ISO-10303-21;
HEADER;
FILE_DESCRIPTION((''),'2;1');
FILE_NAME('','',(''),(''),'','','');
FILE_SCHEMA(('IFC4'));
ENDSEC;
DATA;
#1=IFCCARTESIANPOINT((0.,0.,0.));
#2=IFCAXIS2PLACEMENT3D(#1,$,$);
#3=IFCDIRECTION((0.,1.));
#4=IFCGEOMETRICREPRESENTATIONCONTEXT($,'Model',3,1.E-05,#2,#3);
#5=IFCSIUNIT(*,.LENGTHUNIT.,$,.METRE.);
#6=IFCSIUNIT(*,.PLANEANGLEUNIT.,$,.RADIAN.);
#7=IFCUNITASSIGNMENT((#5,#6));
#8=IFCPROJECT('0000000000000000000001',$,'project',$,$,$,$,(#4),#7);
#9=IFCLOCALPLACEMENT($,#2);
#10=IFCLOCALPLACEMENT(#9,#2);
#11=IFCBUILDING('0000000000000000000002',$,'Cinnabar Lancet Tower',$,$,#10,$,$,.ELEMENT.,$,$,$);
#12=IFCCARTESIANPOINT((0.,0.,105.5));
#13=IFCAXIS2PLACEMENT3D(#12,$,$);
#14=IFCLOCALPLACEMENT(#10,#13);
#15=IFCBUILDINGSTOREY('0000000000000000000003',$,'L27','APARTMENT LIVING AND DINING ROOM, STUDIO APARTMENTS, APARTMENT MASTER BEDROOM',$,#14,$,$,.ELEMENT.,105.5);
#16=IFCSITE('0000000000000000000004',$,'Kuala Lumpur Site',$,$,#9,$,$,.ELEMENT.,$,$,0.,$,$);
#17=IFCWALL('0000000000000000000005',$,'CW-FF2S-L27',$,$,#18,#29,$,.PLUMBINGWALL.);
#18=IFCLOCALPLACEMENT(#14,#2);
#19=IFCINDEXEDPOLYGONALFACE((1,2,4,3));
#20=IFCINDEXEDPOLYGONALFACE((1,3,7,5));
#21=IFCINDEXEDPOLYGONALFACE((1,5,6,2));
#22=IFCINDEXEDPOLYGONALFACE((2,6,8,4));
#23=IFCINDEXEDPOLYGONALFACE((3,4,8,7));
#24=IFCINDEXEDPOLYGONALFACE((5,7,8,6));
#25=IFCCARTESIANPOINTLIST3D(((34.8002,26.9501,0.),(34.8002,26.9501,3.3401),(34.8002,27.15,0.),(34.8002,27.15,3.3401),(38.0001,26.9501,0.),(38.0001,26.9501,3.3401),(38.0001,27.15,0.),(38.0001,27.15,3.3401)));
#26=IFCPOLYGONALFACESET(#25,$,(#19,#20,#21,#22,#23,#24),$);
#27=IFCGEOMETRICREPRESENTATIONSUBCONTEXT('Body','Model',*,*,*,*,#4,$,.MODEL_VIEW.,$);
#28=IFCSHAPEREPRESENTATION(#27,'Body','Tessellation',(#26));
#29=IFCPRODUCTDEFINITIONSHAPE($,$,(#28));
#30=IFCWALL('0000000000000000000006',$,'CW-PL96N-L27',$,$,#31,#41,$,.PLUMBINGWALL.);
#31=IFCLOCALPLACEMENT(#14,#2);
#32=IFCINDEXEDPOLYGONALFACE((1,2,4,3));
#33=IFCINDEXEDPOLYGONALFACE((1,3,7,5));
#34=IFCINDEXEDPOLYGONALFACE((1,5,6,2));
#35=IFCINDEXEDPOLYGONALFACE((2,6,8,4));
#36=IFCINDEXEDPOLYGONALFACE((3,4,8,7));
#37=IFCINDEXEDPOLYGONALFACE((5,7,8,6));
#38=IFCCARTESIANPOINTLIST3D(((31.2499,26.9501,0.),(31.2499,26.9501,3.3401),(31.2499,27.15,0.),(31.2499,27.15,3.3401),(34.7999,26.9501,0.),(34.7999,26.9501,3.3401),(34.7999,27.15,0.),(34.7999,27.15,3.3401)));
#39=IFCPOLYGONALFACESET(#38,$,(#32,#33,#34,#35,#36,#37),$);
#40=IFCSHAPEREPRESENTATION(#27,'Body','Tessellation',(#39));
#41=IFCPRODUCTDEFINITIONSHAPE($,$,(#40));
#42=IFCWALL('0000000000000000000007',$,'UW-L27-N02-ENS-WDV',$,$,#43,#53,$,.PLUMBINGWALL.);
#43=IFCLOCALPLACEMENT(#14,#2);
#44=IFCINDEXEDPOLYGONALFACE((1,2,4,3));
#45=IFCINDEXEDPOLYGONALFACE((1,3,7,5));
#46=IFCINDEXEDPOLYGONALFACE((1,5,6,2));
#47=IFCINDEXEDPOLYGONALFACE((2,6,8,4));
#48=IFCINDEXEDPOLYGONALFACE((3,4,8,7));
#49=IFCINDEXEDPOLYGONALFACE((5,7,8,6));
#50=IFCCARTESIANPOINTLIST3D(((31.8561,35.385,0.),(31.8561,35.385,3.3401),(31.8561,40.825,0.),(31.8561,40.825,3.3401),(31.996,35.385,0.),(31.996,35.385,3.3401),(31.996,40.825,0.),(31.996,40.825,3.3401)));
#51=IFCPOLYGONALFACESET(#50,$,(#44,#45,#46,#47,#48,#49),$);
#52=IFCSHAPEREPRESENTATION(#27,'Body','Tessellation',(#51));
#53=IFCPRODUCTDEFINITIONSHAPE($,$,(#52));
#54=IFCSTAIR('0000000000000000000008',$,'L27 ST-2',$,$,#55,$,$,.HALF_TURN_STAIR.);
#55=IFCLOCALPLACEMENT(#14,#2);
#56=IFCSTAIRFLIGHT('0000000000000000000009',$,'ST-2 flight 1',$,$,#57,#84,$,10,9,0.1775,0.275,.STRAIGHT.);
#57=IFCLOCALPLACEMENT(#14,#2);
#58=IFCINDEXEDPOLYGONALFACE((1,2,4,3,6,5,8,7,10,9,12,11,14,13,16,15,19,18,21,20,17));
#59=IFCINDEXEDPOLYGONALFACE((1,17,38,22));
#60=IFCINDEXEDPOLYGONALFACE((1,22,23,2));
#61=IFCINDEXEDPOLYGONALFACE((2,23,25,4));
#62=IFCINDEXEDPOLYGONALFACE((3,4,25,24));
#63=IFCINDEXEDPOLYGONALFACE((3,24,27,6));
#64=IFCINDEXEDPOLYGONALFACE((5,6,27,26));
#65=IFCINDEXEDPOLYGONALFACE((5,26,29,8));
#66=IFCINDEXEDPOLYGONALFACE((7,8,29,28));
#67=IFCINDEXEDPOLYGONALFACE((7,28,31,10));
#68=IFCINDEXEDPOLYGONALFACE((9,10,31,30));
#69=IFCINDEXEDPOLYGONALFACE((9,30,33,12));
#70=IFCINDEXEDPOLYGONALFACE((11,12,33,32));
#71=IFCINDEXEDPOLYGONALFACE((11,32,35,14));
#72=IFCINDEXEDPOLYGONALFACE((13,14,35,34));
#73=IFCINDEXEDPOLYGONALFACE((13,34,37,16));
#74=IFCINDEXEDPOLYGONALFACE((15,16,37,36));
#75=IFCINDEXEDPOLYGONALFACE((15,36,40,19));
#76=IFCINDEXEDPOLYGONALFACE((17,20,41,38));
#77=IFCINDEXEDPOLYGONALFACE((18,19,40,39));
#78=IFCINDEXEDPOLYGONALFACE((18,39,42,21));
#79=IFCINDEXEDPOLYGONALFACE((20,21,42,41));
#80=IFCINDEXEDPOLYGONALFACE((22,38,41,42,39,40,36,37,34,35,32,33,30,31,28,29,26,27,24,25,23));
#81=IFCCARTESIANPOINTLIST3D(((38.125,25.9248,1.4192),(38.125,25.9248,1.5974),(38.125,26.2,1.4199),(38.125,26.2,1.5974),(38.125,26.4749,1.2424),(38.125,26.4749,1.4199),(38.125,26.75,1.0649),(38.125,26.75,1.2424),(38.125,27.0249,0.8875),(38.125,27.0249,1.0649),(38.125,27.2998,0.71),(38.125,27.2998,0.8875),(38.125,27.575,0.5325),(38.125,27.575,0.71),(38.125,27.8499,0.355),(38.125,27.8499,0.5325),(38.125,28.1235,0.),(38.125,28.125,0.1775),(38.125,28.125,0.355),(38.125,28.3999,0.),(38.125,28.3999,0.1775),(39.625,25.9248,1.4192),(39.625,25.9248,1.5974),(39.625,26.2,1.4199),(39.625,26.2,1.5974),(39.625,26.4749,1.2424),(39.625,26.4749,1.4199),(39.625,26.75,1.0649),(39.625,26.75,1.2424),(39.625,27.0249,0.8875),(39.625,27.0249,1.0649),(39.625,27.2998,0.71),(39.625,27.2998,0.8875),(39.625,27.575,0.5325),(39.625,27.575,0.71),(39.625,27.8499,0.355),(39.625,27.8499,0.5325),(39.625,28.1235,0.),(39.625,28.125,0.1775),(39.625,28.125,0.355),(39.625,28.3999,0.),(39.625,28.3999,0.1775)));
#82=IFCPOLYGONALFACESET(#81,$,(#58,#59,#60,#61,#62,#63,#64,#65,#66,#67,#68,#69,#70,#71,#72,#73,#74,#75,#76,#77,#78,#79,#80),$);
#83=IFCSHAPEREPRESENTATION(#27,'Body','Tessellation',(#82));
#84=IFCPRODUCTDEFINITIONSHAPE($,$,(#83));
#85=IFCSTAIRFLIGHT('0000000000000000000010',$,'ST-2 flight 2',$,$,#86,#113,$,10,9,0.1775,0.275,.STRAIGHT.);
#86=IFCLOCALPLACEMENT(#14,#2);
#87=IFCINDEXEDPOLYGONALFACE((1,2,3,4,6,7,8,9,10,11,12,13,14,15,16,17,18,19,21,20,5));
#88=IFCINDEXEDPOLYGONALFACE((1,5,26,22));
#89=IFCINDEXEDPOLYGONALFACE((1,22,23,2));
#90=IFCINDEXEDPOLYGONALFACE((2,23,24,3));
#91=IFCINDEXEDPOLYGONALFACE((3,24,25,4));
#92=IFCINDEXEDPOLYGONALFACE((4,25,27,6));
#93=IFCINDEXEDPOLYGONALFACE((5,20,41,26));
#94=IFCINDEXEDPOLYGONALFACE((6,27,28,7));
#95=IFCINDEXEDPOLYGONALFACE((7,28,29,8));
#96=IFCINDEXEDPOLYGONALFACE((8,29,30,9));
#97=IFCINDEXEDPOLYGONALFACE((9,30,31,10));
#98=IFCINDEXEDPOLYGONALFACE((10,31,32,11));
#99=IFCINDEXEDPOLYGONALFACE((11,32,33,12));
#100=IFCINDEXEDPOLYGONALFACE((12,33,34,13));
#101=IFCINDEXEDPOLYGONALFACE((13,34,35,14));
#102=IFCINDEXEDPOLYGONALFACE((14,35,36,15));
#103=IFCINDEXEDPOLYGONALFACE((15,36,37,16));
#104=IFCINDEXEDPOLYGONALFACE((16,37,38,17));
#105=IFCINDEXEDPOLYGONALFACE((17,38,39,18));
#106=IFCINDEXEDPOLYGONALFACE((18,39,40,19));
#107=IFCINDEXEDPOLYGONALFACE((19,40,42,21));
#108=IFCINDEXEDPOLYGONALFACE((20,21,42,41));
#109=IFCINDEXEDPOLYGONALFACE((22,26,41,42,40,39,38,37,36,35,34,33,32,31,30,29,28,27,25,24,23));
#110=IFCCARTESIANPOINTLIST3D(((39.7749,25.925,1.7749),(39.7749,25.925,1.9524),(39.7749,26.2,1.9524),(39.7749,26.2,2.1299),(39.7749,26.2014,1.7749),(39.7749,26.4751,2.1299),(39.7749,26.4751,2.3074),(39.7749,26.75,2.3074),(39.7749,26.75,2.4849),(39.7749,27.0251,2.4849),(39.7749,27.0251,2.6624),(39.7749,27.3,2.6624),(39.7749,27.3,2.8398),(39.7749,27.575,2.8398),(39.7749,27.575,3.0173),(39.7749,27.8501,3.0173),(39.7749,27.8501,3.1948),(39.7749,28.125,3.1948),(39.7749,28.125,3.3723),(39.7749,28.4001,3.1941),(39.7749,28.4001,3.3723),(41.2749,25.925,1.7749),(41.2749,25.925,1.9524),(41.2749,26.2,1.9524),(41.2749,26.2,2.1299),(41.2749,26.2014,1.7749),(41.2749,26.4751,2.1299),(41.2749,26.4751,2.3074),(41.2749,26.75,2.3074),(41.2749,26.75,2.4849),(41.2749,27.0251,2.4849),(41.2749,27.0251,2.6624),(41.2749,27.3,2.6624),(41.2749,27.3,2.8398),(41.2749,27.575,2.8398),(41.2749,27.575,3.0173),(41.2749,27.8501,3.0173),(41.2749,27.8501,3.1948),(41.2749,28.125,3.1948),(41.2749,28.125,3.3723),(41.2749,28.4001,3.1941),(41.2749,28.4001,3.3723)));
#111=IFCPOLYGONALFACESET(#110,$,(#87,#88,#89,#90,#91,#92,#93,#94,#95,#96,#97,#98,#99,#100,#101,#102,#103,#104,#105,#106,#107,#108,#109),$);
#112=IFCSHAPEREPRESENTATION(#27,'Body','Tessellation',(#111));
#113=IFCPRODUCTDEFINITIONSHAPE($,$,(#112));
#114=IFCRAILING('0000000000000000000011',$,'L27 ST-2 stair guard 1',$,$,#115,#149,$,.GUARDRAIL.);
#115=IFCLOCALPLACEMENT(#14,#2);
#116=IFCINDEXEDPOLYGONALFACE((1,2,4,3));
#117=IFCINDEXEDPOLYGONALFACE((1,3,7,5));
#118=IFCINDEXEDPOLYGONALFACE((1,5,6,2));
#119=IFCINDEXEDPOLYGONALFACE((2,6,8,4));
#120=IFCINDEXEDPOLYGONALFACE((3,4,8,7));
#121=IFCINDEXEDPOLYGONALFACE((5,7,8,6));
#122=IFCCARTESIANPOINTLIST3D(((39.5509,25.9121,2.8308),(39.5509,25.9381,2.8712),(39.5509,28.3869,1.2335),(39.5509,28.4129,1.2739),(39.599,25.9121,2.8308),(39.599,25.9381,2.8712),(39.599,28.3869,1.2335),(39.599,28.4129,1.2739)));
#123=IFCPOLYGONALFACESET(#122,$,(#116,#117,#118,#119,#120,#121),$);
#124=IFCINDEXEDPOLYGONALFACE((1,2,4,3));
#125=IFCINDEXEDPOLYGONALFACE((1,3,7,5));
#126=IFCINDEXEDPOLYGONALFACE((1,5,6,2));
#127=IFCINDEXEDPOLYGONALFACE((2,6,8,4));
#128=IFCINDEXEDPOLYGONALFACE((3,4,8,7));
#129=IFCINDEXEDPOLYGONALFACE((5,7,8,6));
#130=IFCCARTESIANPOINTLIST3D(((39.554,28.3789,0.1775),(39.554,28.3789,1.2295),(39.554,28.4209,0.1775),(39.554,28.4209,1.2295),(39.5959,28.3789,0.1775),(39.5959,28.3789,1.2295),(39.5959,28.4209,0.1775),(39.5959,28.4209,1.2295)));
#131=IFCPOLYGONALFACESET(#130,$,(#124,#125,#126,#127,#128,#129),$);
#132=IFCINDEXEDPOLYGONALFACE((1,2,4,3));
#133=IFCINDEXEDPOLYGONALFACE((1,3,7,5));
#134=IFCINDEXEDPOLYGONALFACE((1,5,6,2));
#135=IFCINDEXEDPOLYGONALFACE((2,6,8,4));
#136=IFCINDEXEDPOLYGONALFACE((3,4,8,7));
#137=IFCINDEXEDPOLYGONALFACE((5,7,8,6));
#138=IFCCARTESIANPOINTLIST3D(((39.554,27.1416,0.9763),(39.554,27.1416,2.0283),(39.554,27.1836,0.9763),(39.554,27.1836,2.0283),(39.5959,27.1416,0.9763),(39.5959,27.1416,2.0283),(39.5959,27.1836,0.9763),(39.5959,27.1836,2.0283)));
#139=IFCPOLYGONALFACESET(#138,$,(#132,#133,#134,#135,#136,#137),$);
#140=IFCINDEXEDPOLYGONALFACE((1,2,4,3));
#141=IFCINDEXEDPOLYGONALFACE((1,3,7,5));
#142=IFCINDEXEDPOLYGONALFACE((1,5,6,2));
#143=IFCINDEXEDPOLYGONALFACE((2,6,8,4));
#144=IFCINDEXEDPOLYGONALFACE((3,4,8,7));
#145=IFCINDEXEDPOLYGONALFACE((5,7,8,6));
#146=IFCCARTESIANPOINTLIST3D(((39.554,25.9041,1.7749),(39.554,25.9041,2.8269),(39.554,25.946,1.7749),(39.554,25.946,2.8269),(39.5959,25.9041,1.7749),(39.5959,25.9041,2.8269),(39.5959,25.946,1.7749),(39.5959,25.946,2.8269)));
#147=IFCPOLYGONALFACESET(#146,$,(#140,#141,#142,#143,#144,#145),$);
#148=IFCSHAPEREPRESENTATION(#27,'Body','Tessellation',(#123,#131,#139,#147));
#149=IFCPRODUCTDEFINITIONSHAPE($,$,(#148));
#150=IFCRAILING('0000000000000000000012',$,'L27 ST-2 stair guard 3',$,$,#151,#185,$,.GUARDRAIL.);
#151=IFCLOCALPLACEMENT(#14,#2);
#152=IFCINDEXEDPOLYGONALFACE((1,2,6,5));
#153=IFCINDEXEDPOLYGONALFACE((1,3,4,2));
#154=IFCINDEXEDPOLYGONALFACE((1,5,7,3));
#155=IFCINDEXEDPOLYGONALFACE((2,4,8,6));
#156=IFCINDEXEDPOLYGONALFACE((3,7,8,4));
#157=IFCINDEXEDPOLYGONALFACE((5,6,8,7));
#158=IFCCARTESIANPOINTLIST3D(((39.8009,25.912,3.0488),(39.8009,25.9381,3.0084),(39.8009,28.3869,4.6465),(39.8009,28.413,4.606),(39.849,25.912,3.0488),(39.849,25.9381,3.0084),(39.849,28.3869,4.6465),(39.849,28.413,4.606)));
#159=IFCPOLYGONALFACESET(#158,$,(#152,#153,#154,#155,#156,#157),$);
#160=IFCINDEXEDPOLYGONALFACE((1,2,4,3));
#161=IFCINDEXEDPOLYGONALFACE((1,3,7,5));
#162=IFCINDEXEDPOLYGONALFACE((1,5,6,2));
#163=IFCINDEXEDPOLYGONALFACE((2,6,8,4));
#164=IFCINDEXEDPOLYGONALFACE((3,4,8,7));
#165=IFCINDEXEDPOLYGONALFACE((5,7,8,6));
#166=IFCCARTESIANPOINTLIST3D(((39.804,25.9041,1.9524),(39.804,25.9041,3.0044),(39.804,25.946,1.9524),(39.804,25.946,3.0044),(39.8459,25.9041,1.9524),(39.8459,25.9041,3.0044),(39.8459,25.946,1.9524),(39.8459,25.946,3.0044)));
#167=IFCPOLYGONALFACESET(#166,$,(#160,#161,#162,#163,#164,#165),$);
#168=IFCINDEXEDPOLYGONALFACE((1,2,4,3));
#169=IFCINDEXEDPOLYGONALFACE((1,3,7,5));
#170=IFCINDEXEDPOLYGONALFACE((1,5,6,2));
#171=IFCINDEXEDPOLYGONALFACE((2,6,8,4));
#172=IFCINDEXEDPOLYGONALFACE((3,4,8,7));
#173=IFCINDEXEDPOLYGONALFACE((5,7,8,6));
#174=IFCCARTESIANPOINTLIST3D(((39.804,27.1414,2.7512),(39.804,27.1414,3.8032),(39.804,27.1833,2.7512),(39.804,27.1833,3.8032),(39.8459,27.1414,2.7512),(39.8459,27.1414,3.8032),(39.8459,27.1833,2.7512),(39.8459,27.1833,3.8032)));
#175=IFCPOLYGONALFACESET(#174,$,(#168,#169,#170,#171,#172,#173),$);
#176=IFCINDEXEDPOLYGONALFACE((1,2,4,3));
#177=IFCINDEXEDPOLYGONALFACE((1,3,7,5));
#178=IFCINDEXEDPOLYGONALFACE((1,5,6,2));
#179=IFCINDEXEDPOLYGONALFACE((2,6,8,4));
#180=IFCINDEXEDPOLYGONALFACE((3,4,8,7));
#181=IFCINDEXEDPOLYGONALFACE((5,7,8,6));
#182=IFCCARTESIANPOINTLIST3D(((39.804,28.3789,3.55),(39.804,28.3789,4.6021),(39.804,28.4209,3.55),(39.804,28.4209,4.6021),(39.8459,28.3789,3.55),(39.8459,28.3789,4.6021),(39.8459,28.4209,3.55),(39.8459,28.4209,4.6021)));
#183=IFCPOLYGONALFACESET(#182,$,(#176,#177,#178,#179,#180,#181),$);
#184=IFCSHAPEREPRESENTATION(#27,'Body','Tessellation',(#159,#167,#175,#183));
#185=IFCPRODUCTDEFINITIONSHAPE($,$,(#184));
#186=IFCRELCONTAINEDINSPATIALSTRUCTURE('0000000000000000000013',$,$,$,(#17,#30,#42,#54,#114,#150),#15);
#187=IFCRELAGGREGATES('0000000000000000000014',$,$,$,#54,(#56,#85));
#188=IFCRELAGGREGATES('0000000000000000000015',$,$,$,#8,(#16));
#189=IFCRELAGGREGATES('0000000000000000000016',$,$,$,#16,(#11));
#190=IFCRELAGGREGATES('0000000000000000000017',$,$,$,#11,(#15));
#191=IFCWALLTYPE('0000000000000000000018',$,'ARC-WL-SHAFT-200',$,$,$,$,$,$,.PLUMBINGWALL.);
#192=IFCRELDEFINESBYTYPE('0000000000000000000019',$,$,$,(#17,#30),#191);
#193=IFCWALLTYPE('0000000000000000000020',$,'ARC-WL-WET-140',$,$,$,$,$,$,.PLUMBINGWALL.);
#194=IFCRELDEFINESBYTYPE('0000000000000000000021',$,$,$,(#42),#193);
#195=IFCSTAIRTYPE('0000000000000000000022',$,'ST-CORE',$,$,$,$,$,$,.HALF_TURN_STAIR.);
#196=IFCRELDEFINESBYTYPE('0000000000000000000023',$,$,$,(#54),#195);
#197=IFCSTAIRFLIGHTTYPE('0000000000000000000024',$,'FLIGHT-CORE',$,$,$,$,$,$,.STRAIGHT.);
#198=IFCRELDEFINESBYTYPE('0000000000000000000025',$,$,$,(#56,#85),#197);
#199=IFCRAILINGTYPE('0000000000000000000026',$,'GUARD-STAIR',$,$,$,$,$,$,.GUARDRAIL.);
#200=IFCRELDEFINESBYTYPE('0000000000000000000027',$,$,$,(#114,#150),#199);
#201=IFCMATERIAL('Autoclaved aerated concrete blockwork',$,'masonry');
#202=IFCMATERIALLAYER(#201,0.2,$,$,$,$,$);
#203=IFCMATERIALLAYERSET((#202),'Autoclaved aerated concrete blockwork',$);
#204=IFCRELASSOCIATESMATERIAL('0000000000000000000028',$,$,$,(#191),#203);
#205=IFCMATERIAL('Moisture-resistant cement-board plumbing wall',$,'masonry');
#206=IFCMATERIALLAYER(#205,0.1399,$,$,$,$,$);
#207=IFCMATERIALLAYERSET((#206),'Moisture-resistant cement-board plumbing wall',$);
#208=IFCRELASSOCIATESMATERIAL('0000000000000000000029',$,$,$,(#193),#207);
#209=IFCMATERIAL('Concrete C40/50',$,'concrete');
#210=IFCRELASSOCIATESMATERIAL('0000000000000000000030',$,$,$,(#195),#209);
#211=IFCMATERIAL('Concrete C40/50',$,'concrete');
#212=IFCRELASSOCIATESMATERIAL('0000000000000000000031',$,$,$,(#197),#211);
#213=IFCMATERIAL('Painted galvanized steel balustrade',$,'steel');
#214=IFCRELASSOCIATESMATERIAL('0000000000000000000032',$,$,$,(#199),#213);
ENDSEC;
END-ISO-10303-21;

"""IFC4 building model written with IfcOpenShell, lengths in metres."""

from ifc_helpers import new_model, si_unit, direction, frame, frame_2d, origin, origin_2d, place, context, subcontext, project, spatial, polyline, rectangle, outline, extrude, material, layer, layer_set, type_object, element, aggregate, save


model = new_model("IFC4")

# Units and contexts
model_context = context("Model", 3, precision=1e-05, world=origin(), true_north=direction((0.0, 1.0)))
body_context = subcontext(model_context, "Body", "Model", "MODEL_VIEW")
ifc_project = project(units=[si_unit("LENGTHUNIT", "METRE"), si_unit("PLANEANGLEUNIT", "RADIAN")], contexts=[model_context])

# Site, building, storey
site_placement = place(None, origin())
site = spatial("IfcSite", under=ifc_project, at=site_placement, Name="Kuala Lumpur Site", CompositionType="ELEMENT", RefElevation=0.0)
building_placement = place(site_placement, origin())
building = spatial("IfcBuilding", under=site, at=building_placement, Name="Cinnabar Lancet Tower", CompositionType="ELEMENT")
storey_placement = place(building_placement, frame((0.0, 0.0, 105.5)))
storey = spatial("IfcBuildingStorey", under=building, at=storey_placement, Name="L27", Description="APARTMENT LIVING AND DINING ROOM, STUDIO APARTMENTS, APARTMENT MASTER BEDROOM", CompositionType="ELEMENT", Elevation=105.5)

# Shared definitions
ifc_material_1 = material(Name="Autoclaved aerated concrete blockwork", Category="masonry")
ifc_layer_1 = layer(ifc_material_1, 0.2)
ifc_layer_set_1 = layer_set([ifc_layer_1], Name="Autoclaved aerated concrete blockwork")
wall_type_1 = type_object("IfcWallType", Name="ARC-WL-SHAFT-200", PredefinedType="PLUMBINGWALL", material=ifc_layer_set_1)

# Walls
wall_1_placement = place(storey_placement, frame((34.8, 27.05, 0.0), z_axis=(0.0, 0.0, 1.0), x_axis=(1.0, 0.0, 0.0)))
element("IfcWall", 1, at=wall_1_placement, inside=storey, type_object=wall_type_1, Name="CW-FF2S-L27", PredefinedType="PLUMBINGWALL", context=body_context, shape_type="SweptSolid", body=[
    extrude(rectangle(XDim=3.2, YDim=0.2, at=frame_2d((1.6001, 0.0))), origin(), (0.0, 0.0, 1.0), 3.3401),
])
wall_2_placement = place(storey_placement, frame((31.25, 27.05, 0.0), z_axis=(0.0, 0.0, 1.0), x_axis=(1.0, 0.0, 0.0)))
element("IfcWall", 2, at=wall_2_placement, inside=storey, type_object=wall_type_1, Name="CW-PL96N-L27", PredefinedType="PLUMBINGWALL", context=body_context, shape_type="SweptSolid", body=[
    extrude(rectangle(XDim=3.55, YDim=0.2, at=frame_2d((1.7749, 0.0))), origin(), (0.0, 0.0, 1.0), 3.3401),
])
ifc_material_2 = material(Name="Moisture-resistant cement-board plumbing wall", Category="masonry")
ifc_layer_2 = layer(ifc_material_2, 0.1399)
ifc_layer_set_2 = layer_set([ifc_layer_2], Name="Moisture-resistant cement-board plumbing wall")
wall_type_2 = type_object("IfcWallType", Name="ARC-WL-WET-140", PredefinedType="PLUMBINGWALL", material=ifc_layer_set_2)
wall_3_placement = place(storey_placement, frame((31.926, 35.385, 0.0), z_axis=(0.0, 0.0, 1.0), x_axis=(0.0, 1.0, 0.0)))
element("IfcWall", 3, at=wall_3_placement, inside=storey, type_object=wall_type_2, Name="UW-L27-N02-ENS-WDV", PredefinedType="PLUMBINGWALL", context=body_context, shape_type="SweptSolid", body=[
    extrude(rectangle(XDim=5.4399, YDim=0.1399, at=frame_2d((2.72, 0.0))), origin(), (0.0, 0.0, 1.0), 3.3401),
])

# Stair, stair flights
ifc_material_3 = material(Name="Concrete C40/50", Category="concrete")
stair_type = type_object("IfcStairType", Name="ST-CORE", PredefinedType="HALF_TURN_STAIR", material=ifc_material_3)
stair_placement = place(storey_placement, origin())
stair = element("IfcStair", 4, at=stair_placement, inside=storey, type_object=stair_type, Name="L27 ST-2", PredefinedType="HALF_TURN_STAIR")
ifc_material_4 = material(Name="Concrete C40/50", Category="concrete")
stair_flight_type = type_object("IfcStairFlightType", Name="FLIGHT-CORE", PredefinedType="STRAIGHT", material=ifc_material_4)
stair_flight_1_placement = place(storey_placement, frame((38.875, 28.3999, 0.0), z_axis=(0.0, 0.0, 1.0), x_axis=(0.0, -1.0, 0.0)))
stair_flight_1 = element("IfcStairFlight", 5, at=stair_flight_1_placement, type_object=stair_flight_type, Name="ST-2 flight 1", NumberOfRisers=10, NumberOfTreads=9, PredefinedType="STRAIGHT", RiserHeight=0.1775, TreadLength=0.275, context=body_context, shape_type="SweptSolid", body=[
    extrude(outline(polyline([(0.0, 0.0), (0.0, 0.1775), (0.2749, 0.1775), (0.2749, 0.355), (0.55, 0.355), (0.55, 0.5325), (0.825, 0.5325), (0.825, 0.71), (1.1001, 0.71), (1.1001, 0.8875), (1.375, 0.8875), (1.375, 1.0649), (1.6499, 1.0649), (1.6499, 1.2424), (1.925, 1.2424), (1.925, 1.4199), (2.2, 1.4199), (2.2, 1.5974), (2.4751, 1.5974), (2.4751, 1.7749), (2.4751, 1.4192), (0.2764, 0.0), (0.0, 0.0)])), frame((0.0, 0.75, 0.0), z_axis=(0.0, -1.0, 0.0), x_axis=(1.0, 0.0, 0.0)), (0.0, 0.0, 1.0), 1.5),
])
stair_flight_2_placement = place(storey_placement, frame((40.5249, 25.925, 1.7749), z_axis=(0.0, 0.0, 1.0), x_axis=(0.0, 1.0, 0.0)))
stair_flight_2 = element("IfcStairFlight", 6, at=stair_flight_2_placement, type_object=stair_flight_type, Name="ST-2 flight 2", NumberOfRisers=10, NumberOfTreads=9, PredefinedType="STRAIGHT", RiserHeight=0.1775, TreadLength=0.275, context=body_context, shape_type="SweptSolid", body=[
    extrude(outline(polyline([(0.0, 0.0), (0.0, 0.1775), (0.2749, 0.1775), (0.2749, 0.355), (0.55, 0.355), (0.55, 0.5325), (0.825, 0.5325), (0.825, 0.71), (1.1001, 0.71), (1.1001, 0.8875), (1.375, 0.8875), (1.375, 1.0649), (1.6499, 1.0649), (1.6499, 1.2424), (1.925, 1.2424), (1.925, 1.4199), (2.2, 1.4199), (2.2, 1.5974), (2.4751, 1.5974), (2.4751, 1.7749), (2.4751, 1.4192), (0.2764, 0.0), (0.0, 0.0)])), frame((0.0, 0.75, 0.0), z_axis=(0.0, -1.0, 0.0), x_axis=(1.0, 0.0, 0.0)), (0.0, 0.0, 1.0), 1.5),
])
aggregate(stair, [stair_flight_1, stair_flight_2])

# Railings
ifc_material_5 = material(Name="Painted galvanized steel balustrade", Category="steel")
railing_type_1 = type_object("IfcRailingType", Name="GUARD-STAIR", PredefinedType="GUARDRAIL", material=ifc_material_5)
railing_1_placement = place(storey_placement, frame((39.575, 28.3999, 0.1775)))
element("IfcRailing", 7, at=railing_1_placement, inside=storey, type_object=railing_type_1, Name="L27 ST-2 stair guard 1", PredefinedType="GUARDRAIL", context=body_context, shape_type="SweptSolid", body=[
    extrude(rectangle(XDim=0.0481, YDim=0.0481, at=origin_2d()), frame((0.0, 0.0, 1.0762), z_axis=(0.0, -0.840183, 0.542302), x_axis=(1.0, 0.0, 0.0)), (0.0, 0.0, 1.0), 2.9456),
    extrude(rectangle(XDim=0.042, YDim=0.042, at=origin_2d()), origin(), (0.0, 0.0, 1.0), 1.052),
    extrude(rectangle(XDim=0.042, YDim=0.042, at=origin_2d()), frame((0.0, -1.2373, 0.7988)), (0.0, 0.0, 1.0), 1.052),
    extrude(rectangle(XDim=0.042, YDim=0.042, at=origin_2d()), frame((0.0, -2.4749, 1.5974)), (0.0, 0.0, 1.0), 1.052),
])
railing_2_placement = place(storey_placement, frame((39.825, 25.925, 1.9524)))
element("IfcRailing", 8, at=railing_2_placement, inside=storey, type_object=railing_type_1, Name="L27 ST-2 stair guard 3", PredefinedType="GUARDRAIL", context=body_context, shape_type="SweptSolid", body=[
    extrude(rectangle(XDim=0.0481, YDim=0.0481, at=origin_2d()), frame((0.0, 0.0, 1.0762), z_axis=(0.0, 0.840146, 0.542361), x_axis=(-1.0, 0.0, 0.0)), (0.0, 0.0, 1.0), 2.9458),
    extrude(rectangle(XDim=0.042, YDim=0.042, at=origin_2d()), origin(), (0.0, 0.0, 1.0), 1.052),
    extrude(rectangle(XDim=0.042, YDim=0.042, at=origin_2d()), frame((0.0, 1.2373, 0.7988)), (0.0, 0.0, 1.0), 1.052),
    extrude(rectangle(XDim=0.042, YDim=0.042, at=origin_2d()), frame((0.0, 2.4749, 1.5977)), (0.0, 0.0, 1.0), 1.052),
])

save(model, "model.ifc")
